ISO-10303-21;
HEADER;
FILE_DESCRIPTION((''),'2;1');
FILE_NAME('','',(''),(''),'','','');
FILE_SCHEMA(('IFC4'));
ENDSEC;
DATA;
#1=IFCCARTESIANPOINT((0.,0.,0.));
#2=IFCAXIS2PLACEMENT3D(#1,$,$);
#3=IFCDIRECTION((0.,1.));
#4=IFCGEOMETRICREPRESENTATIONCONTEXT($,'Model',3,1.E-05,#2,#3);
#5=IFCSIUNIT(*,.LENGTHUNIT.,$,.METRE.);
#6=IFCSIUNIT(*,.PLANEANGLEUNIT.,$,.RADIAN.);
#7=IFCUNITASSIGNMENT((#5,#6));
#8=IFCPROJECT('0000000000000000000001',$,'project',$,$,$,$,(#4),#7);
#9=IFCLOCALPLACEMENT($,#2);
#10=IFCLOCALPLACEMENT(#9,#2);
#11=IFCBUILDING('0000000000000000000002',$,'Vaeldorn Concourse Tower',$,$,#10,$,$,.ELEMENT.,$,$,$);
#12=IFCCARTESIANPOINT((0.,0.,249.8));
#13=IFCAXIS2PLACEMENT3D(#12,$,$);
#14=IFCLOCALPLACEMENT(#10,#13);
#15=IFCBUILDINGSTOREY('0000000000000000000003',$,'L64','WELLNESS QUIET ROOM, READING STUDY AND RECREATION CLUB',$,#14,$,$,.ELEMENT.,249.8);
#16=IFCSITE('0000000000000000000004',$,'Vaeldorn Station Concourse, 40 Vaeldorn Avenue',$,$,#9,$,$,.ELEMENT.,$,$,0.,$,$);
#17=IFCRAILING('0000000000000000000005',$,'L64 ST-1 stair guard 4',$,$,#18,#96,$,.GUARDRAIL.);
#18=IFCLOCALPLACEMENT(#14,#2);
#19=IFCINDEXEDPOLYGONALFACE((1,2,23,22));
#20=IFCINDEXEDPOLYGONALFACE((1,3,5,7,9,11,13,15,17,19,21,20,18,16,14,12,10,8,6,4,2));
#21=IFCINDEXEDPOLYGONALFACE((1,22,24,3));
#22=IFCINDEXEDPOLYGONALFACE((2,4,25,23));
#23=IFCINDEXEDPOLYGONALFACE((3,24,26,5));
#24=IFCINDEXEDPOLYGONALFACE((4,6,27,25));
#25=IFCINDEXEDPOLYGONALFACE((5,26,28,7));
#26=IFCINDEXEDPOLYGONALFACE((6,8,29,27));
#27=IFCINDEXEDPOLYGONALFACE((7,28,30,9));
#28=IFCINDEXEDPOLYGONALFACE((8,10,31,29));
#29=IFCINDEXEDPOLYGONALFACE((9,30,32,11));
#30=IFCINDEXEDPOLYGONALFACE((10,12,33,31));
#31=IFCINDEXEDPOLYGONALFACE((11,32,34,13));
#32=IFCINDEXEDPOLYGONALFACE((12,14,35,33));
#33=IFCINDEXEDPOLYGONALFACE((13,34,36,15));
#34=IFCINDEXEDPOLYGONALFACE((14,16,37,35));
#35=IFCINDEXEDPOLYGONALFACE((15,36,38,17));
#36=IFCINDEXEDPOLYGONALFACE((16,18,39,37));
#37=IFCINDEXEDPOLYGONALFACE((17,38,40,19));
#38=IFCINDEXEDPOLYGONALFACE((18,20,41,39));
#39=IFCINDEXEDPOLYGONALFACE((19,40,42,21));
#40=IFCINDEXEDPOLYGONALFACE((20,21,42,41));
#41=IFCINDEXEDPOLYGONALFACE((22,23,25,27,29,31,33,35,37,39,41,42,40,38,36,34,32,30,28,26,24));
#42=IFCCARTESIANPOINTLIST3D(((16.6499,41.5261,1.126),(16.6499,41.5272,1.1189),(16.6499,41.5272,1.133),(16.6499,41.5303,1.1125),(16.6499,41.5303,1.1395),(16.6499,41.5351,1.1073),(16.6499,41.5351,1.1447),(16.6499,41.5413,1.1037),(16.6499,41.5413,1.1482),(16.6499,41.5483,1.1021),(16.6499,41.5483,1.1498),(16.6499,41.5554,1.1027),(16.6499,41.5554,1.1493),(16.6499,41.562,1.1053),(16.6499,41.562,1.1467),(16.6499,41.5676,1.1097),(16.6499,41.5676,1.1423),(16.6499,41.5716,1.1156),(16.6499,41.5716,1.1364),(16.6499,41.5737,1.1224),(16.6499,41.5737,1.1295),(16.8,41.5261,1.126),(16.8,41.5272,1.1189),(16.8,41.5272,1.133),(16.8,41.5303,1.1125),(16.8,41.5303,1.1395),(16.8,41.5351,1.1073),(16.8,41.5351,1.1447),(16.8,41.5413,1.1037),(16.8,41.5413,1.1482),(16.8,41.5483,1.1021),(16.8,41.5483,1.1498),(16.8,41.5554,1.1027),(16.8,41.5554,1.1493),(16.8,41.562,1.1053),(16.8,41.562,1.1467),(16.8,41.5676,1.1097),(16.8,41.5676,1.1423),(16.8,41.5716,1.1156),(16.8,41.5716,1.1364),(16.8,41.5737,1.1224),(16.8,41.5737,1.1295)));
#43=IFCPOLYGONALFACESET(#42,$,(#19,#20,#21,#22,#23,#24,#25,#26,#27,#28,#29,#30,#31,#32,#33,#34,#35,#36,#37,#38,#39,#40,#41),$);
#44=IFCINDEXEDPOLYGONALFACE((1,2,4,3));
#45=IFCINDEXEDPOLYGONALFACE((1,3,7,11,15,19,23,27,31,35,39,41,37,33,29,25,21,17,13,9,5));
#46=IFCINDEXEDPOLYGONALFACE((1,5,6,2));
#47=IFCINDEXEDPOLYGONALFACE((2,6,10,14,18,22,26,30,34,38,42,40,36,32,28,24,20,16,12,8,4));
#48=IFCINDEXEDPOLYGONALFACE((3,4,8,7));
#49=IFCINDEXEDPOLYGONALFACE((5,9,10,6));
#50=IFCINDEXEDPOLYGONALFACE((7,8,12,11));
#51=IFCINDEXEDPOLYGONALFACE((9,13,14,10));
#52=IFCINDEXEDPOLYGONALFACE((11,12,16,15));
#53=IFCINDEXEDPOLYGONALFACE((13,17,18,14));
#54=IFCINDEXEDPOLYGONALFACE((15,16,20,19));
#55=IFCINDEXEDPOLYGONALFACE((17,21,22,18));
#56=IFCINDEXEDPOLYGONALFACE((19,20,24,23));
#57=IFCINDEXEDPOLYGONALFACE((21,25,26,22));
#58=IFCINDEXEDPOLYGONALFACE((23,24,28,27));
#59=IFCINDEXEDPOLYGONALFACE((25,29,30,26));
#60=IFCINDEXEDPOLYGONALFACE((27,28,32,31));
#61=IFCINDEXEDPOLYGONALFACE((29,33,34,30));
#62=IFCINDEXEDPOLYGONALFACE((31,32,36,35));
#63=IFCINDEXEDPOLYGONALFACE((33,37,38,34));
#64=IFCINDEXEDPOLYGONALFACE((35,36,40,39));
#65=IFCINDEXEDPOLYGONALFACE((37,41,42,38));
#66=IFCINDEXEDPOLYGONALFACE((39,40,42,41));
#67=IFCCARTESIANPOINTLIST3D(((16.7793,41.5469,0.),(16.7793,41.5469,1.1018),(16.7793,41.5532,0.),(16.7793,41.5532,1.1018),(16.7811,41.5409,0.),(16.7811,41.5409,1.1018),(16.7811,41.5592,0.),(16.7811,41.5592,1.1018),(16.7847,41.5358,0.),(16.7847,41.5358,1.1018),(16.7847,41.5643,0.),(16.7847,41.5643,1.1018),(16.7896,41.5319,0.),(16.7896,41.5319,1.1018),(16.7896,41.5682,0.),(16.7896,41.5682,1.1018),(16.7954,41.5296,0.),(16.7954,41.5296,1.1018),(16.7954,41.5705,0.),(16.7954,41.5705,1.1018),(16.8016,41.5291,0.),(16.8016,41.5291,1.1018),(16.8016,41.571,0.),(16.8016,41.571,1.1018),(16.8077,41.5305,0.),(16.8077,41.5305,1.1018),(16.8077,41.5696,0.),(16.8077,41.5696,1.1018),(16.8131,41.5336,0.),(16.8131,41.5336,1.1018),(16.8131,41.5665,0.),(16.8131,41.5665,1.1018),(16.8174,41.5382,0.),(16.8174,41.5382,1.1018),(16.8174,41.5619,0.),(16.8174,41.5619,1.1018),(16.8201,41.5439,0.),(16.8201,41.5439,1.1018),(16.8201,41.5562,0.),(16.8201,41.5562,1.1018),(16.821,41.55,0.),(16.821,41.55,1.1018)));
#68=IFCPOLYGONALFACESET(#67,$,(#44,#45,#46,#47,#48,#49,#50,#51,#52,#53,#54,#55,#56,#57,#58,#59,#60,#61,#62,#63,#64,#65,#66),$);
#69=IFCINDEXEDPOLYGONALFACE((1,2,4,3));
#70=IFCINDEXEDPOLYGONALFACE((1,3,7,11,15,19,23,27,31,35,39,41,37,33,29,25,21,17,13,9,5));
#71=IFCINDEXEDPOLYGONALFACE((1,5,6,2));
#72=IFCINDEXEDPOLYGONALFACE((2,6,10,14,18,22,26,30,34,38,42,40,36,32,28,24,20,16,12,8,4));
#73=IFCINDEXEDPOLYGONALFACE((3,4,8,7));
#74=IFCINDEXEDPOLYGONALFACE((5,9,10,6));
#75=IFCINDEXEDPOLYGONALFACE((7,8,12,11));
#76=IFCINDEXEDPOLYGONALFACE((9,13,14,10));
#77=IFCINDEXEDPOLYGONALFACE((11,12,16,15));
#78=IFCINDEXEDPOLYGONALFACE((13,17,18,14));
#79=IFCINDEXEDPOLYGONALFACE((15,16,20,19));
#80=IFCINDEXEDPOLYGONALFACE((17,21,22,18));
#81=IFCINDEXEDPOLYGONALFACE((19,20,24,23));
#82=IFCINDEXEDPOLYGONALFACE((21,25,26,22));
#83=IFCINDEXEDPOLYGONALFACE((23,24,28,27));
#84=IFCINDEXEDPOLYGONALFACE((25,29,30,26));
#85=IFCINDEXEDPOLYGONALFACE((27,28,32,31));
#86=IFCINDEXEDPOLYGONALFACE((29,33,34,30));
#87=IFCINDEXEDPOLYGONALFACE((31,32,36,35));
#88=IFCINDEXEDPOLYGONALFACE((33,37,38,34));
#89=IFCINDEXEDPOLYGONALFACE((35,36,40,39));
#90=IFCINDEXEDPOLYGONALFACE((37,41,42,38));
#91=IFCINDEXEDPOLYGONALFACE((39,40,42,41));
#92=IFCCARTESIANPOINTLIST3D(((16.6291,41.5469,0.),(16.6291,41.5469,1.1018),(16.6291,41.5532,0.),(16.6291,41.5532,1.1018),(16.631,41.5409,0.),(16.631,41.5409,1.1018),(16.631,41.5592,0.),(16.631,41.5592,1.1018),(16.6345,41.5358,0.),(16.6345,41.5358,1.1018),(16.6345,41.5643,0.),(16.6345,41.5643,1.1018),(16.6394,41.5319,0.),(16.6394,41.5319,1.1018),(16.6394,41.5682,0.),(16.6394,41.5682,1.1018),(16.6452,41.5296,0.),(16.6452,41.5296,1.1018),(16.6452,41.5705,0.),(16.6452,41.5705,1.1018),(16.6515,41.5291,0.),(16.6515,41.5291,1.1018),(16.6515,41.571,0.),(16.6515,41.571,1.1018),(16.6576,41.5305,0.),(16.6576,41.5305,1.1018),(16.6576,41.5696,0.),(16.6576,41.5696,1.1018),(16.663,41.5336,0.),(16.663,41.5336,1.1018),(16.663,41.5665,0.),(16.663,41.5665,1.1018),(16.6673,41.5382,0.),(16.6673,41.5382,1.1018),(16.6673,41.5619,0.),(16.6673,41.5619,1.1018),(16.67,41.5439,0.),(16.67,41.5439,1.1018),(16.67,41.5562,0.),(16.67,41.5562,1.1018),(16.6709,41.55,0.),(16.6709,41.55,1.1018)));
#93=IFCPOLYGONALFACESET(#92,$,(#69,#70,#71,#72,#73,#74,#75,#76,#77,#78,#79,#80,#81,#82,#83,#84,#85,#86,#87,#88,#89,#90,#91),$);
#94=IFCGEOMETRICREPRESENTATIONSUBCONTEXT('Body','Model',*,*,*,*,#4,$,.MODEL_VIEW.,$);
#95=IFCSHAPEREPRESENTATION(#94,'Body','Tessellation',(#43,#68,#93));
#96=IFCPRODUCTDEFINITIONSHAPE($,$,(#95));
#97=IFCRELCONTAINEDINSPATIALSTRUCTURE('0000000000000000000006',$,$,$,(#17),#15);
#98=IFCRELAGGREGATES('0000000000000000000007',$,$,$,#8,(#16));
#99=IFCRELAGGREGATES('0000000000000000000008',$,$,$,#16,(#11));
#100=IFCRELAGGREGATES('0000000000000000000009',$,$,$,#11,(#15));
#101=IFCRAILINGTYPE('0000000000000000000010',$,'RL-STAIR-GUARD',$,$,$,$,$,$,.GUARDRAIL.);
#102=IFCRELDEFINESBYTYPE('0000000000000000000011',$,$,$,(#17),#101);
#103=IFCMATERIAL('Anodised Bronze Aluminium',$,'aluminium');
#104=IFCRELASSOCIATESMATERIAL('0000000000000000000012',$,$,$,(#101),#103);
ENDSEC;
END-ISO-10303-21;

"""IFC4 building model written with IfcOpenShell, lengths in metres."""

from ifc_helpers import new_model, si_unit, direction, frame, origin, origin_2d, place, context, subcontext, project, spatial, circle, extrude, material, type_object, element, save


model = new_model("IFC4")

# Units and contexts
model_context = context("Model", 3, precision=1e-05, world=origin(), true_north=direction((0.0, 1.0)))
body_context = subcontext(model_context, "Body", "Model", "MODEL_VIEW")
ifc_project = project(units=[si_unit("LENGTHUNIT", "METRE"), si_unit("PLANEANGLEUNIT", "RADIAN")], contexts=[model_context])

# Site, building, storey
site_placement = place(None, origin())
site = spatial("IfcSite", under=ifc_project, at=site_placement, Name="Vaeldorn Station Concourse, 40 Vaeldorn Avenue", CompositionType="ELEMENT", RefElevation=0.0)
building_placement = place(site_placement, origin())
building = spatial("IfcBuilding", under=site, at=building_placement, Name="Vaeldorn Concourse Tower", CompositionType="ELEMENT")
storey_placement = place(building_placement, frame((0.0, 0.0, 249.8)))
storey = spatial("IfcBuildingStorey", under=building, at=storey_placement, Name="L64", Description="WELLNESS QUIET ROOM, READING STUDY AND RECREATION CLUB", CompositionType="ELEMENT", Elevation=249.8)

# Shared definitions
ifc_material_1 = material(Name="Anodised Bronze Aluminium", Category="aluminium")

# Railing
railing_type_1 = type_object("IfcRailingType", Name="RL-STAIR-GUARD", PredefinedType="GUARDRAIL", material=ifc_material_1)
railing_1_placement = place(storey_placement, frame((16.8, 41.55, 0.0)))
element("IfcRailing", 1, at=railing_1_placement, inside=storey, type_object=railing_type_1, Name="L64 ST-1 stair guard 4", PredefinedType="GUARDRAIL", context=body_context, shape_type="SweptSolid", body=[
    extrude(circle(Radius=0.0239, at=origin_2d()), frame((0.0, 0.0, 1.126), z_axis=(-1.0, 0.0, 0.0), x_axis=(0.0, -1.0, 0.0)), (0.0, 0.0, 1.0), 0.1501),
    extrude(circle(Radius=0.021, at=origin_2d()), origin(), (0.0, 0.0, 1.0), 1.1018),
    extrude(circle(Radius=0.021, at=origin_2d()), frame((-0.1501, 0.0, 0.0)), (0.0, 0.0, 1.0), 1.1018),
])

save(model, "model.ifc")
